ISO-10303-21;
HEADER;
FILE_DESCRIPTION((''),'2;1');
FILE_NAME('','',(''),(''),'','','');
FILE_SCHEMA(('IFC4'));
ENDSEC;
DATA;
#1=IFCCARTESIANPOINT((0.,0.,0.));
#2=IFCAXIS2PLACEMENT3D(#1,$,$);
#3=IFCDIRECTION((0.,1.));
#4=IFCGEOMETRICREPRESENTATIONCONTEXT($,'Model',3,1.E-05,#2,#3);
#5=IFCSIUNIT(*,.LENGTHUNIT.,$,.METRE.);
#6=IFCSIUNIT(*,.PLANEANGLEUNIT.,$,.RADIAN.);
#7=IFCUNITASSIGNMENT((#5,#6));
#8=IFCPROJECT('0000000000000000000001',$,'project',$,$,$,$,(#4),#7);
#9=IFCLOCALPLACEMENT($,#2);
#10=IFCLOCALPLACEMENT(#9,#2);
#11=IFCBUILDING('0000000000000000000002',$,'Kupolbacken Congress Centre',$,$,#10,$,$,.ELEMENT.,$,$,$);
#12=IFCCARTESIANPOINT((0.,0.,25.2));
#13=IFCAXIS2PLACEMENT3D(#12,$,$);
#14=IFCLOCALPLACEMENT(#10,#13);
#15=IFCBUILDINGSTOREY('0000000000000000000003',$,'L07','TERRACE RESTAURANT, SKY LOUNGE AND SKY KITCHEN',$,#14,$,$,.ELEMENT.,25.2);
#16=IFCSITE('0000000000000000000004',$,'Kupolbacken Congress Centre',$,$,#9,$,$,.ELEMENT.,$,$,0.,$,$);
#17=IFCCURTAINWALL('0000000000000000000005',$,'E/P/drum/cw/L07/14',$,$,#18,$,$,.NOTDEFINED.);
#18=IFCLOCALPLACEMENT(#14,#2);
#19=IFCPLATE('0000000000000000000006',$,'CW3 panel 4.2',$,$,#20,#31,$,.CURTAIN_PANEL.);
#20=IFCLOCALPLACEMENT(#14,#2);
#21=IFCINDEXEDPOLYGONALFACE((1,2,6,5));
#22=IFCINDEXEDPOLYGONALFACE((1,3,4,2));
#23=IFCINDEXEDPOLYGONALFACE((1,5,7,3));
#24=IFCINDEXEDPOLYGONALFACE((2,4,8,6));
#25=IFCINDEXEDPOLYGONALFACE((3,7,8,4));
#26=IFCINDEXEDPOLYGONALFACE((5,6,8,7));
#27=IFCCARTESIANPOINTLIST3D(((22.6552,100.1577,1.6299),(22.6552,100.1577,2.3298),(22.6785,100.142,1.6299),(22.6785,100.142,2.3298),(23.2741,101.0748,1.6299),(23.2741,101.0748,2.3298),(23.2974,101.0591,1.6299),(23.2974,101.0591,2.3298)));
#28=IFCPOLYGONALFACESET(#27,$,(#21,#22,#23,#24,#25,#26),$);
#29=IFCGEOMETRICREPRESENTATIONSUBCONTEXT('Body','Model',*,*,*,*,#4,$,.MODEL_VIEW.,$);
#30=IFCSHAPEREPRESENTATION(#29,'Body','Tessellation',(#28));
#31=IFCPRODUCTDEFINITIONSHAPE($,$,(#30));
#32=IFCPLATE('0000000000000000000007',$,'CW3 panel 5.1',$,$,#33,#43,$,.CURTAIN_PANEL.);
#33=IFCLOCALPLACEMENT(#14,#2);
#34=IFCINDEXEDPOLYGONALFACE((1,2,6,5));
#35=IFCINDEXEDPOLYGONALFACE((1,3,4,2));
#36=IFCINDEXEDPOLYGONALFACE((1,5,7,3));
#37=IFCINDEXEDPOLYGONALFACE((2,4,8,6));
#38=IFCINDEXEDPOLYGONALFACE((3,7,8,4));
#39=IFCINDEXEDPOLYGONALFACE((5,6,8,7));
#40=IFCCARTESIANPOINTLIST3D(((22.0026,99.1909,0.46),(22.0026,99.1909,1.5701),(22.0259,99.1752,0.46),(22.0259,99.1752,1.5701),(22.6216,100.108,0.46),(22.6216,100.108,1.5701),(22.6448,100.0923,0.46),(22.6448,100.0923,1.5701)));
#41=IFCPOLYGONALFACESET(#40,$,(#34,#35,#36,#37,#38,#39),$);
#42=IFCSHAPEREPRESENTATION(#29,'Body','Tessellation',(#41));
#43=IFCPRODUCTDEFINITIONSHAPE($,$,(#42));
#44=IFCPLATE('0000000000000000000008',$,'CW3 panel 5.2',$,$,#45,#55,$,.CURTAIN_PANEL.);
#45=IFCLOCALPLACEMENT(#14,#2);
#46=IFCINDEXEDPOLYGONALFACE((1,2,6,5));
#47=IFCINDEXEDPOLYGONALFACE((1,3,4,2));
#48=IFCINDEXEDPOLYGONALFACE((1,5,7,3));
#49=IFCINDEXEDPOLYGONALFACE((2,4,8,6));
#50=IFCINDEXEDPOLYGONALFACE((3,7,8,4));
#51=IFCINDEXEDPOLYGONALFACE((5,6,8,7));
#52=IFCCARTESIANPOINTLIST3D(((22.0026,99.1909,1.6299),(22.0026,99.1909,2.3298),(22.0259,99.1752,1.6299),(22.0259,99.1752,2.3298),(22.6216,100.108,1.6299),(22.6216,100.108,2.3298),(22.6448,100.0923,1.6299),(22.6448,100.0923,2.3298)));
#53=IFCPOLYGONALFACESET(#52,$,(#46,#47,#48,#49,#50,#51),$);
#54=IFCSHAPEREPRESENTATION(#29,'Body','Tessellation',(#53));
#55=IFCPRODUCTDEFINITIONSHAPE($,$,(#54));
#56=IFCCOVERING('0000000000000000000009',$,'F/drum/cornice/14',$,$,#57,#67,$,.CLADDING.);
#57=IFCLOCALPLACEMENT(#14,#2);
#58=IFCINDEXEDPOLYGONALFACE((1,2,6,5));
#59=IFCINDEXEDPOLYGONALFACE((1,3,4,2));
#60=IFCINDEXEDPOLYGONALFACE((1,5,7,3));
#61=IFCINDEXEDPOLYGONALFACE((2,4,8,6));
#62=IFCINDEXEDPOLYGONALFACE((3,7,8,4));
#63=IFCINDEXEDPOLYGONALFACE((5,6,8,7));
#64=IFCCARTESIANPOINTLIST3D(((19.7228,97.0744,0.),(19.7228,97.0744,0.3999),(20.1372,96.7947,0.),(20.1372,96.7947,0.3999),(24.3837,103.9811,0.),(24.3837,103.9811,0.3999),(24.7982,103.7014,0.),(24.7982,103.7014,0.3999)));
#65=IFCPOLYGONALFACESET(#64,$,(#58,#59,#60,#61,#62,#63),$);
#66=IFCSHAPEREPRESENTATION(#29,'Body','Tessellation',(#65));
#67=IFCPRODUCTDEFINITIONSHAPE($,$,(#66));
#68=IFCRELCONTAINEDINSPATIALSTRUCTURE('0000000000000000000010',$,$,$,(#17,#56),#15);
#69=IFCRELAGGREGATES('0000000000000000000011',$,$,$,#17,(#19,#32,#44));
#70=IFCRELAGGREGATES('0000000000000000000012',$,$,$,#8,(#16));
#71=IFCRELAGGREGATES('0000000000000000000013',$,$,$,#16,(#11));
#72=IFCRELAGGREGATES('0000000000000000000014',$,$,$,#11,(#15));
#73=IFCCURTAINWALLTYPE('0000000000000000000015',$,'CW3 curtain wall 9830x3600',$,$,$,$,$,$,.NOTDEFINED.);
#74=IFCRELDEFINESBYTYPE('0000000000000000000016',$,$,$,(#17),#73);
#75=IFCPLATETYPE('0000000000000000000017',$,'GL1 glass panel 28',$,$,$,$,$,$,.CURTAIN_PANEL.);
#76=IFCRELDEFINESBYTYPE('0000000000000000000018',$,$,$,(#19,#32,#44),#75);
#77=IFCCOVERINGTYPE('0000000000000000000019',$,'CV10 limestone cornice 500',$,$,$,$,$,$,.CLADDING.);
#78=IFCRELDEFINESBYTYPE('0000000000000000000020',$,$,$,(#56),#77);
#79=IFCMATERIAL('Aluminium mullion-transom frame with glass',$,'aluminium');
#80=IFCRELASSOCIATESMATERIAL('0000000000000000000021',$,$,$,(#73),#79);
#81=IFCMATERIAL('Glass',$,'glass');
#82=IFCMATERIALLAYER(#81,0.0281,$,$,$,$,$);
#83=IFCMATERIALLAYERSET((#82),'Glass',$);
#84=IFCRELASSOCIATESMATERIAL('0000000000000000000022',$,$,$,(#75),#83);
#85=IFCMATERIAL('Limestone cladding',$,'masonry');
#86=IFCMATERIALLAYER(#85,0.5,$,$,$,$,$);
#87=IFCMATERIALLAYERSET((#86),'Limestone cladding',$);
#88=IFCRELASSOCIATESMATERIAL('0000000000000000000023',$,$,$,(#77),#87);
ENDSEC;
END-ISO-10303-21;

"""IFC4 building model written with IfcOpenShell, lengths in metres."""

from ifc_helpers import new_model, si_unit, direction, frame, origin, origin_2d, place, context, subcontext, project, spatial, rectangle, extrude, material, layer, layer_set, type_object, element, aggregate, save


model = new_model("IFC4")

# Units and contexts
model_context = context("Model", 3, precision=1e-05, world=origin(), true_north=direction((0.0, 1.0)))
body_context = subcontext(model_context, "Body", "Model", "MODEL_VIEW")
ifc_project = project(units=[si_unit("LENGTHUNIT", "METRE"), si_unit("PLANEANGLEUNIT", "RADIAN")], contexts=[model_context])

# Site, building, storey
site_placement = place(None, origin())
site = spatial("IfcSite", under=ifc_project, at=site_placement, Name="Kupolbacken Congress Centre", CompositionType="ELEMENT", RefElevation=0.0)
building_placement = place(site_placement, origin())
building = spatial("IfcBuilding", under=site, at=building_placement, Name="Kupolbacken Congress Centre", CompositionType="ELEMENT")
storey_placement = place(building_placement, frame((0.0, 0.0, 25.2)))
storey = spatial("IfcBuildingStorey", under=building, at=storey_placement, Name="L07", Description="TERRACE RESTAURANT, SKY LOUNGE AND SKY KITCHEN", CompositionType="ELEMENT", Elevation=25.2)

# Curtain wall, plates
ifc_material_1 = material(Name="Aluminium mullion-transom frame with glass", Category="aluminium")
curtain_wall_type = type_object("IfcCurtainWallType", Name="CW3 curtain wall 9830x3600", PredefinedType="NOTDEFINED", material=ifc_material_1)
curtain_wall_placement = place(storey_placement, origin())
curtain_wall = element("IfcCurtainWall", 1, at=curtain_wall_placement, inside=storey, type_object=curtain_wall_type, Name="E/P/drum/cw/L07/14", PredefinedType="NOTDEFINED")
ifc_material_2 = material(Name="Glass", Category="glass")
ifc_layer_1 = layer(ifc_material_2, 0.0281)
ifc_layer_set_1 = layer_set([ifc_layer_1], Name="Glass")
plate_type = type_object("IfcPlateType", Name="GL1 glass panel 28", PredefinedType="CURTAIN_PANEL", material=ifc_layer_set_1)
plate_1_placement = place(storey_placement, frame((22.9763, 100.6084, 1.6299), z_axis=(0.0, 0.0, 1.0), x_axis=(-0.559386, -0.828908, 0.0)))
plate_1 = element("IfcPlate", 2, at=plate_1_placement, type_object=plate_type, Name="CW3 panel 4.2", PredefinedType="CURTAIN_PANEL", context=body_context, shape_type="SweptSolid", body=[
    extrude(rectangle(XDim=1.1064, YDim=0.0281, at=origin_2d()), origin(), (0.0, 0.0, 1.0), 0.7),
])
plate_2_placement = place(storey_placement, frame((22.3237, 99.6416, 0.46), z_axis=(0.0, 0.0, 1.0), x_axis=(-0.559386, -0.828908, 0.0)))
plate_2 = element("IfcPlate", 3, at=plate_2_placement, type_object=plate_type, Name="CW3 panel 5.1", PredefinedType="CURTAIN_PANEL", context=body_context, shape_type="SweptSolid", body=[
    extrude(rectangle(XDim=1.1064, YDim=0.0281, at=origin_2d()), origin(), (0.0, 0.0, 1.0), 1.1101),
])
plate_3_placement = place(storey_placement, frame((22.3237, 99.6416, 1.6299), z_axis=(0.0, 0.0, 1.0), x_axis=(-0.559386, -0.828908, 0.0)))
plate_3 = element("IfcPlate", 4, at=plate_3_placement, type_object=plate_type, Name="CW3 panel 5.2", PredefinedType="CURTAIN_PANEL", context=body_context, shape_type="SweptSolid", body=[
    extrude(rectangle(XDim=1.1064, YDim=0.0281, at=origin_2d()), origin(), (0.0, 0.0, 1.0), 0.7),
])
aggregate(curtain_wall, [plate_1, plate_2, plate_3])

# Covering
ifc_material_3 = material(Name="Limestone cladding", Category="masonry")
ifc_layer_2 = layer(ifc_material_3, 0.5)
ifc_layer_set_2 = layer_set([ifc_layer_2], Name="Limestone cladding")
covering_type = type_object("IfcCoveringType", Name="CV10 limestone cornice 500", PredefinedType="CLADDING", material=ifc_layer_set_2)
covering_placement = place(storey_placement, frame((22.2605, 100.3879, 0.0), z_axis=(0.0, 0.0, 1.0), x_axis=(-0.559386, -0.828908, 0.0)))
element("IfcCovering", 5, at=covering_placement, inside=storey, type_object=covering_type, Name="F/drum/cornice/14", PredefinedType="CLADDING", context=body_context, shape_type="SweptSolid", body=[
    extrude(rectangle(XDim=8.3323, YDim=0.5, at=origin_2d()), origin(), (0.0, 0.0, 1.0), 0.3999),
])

save(model, "model.ifc")
